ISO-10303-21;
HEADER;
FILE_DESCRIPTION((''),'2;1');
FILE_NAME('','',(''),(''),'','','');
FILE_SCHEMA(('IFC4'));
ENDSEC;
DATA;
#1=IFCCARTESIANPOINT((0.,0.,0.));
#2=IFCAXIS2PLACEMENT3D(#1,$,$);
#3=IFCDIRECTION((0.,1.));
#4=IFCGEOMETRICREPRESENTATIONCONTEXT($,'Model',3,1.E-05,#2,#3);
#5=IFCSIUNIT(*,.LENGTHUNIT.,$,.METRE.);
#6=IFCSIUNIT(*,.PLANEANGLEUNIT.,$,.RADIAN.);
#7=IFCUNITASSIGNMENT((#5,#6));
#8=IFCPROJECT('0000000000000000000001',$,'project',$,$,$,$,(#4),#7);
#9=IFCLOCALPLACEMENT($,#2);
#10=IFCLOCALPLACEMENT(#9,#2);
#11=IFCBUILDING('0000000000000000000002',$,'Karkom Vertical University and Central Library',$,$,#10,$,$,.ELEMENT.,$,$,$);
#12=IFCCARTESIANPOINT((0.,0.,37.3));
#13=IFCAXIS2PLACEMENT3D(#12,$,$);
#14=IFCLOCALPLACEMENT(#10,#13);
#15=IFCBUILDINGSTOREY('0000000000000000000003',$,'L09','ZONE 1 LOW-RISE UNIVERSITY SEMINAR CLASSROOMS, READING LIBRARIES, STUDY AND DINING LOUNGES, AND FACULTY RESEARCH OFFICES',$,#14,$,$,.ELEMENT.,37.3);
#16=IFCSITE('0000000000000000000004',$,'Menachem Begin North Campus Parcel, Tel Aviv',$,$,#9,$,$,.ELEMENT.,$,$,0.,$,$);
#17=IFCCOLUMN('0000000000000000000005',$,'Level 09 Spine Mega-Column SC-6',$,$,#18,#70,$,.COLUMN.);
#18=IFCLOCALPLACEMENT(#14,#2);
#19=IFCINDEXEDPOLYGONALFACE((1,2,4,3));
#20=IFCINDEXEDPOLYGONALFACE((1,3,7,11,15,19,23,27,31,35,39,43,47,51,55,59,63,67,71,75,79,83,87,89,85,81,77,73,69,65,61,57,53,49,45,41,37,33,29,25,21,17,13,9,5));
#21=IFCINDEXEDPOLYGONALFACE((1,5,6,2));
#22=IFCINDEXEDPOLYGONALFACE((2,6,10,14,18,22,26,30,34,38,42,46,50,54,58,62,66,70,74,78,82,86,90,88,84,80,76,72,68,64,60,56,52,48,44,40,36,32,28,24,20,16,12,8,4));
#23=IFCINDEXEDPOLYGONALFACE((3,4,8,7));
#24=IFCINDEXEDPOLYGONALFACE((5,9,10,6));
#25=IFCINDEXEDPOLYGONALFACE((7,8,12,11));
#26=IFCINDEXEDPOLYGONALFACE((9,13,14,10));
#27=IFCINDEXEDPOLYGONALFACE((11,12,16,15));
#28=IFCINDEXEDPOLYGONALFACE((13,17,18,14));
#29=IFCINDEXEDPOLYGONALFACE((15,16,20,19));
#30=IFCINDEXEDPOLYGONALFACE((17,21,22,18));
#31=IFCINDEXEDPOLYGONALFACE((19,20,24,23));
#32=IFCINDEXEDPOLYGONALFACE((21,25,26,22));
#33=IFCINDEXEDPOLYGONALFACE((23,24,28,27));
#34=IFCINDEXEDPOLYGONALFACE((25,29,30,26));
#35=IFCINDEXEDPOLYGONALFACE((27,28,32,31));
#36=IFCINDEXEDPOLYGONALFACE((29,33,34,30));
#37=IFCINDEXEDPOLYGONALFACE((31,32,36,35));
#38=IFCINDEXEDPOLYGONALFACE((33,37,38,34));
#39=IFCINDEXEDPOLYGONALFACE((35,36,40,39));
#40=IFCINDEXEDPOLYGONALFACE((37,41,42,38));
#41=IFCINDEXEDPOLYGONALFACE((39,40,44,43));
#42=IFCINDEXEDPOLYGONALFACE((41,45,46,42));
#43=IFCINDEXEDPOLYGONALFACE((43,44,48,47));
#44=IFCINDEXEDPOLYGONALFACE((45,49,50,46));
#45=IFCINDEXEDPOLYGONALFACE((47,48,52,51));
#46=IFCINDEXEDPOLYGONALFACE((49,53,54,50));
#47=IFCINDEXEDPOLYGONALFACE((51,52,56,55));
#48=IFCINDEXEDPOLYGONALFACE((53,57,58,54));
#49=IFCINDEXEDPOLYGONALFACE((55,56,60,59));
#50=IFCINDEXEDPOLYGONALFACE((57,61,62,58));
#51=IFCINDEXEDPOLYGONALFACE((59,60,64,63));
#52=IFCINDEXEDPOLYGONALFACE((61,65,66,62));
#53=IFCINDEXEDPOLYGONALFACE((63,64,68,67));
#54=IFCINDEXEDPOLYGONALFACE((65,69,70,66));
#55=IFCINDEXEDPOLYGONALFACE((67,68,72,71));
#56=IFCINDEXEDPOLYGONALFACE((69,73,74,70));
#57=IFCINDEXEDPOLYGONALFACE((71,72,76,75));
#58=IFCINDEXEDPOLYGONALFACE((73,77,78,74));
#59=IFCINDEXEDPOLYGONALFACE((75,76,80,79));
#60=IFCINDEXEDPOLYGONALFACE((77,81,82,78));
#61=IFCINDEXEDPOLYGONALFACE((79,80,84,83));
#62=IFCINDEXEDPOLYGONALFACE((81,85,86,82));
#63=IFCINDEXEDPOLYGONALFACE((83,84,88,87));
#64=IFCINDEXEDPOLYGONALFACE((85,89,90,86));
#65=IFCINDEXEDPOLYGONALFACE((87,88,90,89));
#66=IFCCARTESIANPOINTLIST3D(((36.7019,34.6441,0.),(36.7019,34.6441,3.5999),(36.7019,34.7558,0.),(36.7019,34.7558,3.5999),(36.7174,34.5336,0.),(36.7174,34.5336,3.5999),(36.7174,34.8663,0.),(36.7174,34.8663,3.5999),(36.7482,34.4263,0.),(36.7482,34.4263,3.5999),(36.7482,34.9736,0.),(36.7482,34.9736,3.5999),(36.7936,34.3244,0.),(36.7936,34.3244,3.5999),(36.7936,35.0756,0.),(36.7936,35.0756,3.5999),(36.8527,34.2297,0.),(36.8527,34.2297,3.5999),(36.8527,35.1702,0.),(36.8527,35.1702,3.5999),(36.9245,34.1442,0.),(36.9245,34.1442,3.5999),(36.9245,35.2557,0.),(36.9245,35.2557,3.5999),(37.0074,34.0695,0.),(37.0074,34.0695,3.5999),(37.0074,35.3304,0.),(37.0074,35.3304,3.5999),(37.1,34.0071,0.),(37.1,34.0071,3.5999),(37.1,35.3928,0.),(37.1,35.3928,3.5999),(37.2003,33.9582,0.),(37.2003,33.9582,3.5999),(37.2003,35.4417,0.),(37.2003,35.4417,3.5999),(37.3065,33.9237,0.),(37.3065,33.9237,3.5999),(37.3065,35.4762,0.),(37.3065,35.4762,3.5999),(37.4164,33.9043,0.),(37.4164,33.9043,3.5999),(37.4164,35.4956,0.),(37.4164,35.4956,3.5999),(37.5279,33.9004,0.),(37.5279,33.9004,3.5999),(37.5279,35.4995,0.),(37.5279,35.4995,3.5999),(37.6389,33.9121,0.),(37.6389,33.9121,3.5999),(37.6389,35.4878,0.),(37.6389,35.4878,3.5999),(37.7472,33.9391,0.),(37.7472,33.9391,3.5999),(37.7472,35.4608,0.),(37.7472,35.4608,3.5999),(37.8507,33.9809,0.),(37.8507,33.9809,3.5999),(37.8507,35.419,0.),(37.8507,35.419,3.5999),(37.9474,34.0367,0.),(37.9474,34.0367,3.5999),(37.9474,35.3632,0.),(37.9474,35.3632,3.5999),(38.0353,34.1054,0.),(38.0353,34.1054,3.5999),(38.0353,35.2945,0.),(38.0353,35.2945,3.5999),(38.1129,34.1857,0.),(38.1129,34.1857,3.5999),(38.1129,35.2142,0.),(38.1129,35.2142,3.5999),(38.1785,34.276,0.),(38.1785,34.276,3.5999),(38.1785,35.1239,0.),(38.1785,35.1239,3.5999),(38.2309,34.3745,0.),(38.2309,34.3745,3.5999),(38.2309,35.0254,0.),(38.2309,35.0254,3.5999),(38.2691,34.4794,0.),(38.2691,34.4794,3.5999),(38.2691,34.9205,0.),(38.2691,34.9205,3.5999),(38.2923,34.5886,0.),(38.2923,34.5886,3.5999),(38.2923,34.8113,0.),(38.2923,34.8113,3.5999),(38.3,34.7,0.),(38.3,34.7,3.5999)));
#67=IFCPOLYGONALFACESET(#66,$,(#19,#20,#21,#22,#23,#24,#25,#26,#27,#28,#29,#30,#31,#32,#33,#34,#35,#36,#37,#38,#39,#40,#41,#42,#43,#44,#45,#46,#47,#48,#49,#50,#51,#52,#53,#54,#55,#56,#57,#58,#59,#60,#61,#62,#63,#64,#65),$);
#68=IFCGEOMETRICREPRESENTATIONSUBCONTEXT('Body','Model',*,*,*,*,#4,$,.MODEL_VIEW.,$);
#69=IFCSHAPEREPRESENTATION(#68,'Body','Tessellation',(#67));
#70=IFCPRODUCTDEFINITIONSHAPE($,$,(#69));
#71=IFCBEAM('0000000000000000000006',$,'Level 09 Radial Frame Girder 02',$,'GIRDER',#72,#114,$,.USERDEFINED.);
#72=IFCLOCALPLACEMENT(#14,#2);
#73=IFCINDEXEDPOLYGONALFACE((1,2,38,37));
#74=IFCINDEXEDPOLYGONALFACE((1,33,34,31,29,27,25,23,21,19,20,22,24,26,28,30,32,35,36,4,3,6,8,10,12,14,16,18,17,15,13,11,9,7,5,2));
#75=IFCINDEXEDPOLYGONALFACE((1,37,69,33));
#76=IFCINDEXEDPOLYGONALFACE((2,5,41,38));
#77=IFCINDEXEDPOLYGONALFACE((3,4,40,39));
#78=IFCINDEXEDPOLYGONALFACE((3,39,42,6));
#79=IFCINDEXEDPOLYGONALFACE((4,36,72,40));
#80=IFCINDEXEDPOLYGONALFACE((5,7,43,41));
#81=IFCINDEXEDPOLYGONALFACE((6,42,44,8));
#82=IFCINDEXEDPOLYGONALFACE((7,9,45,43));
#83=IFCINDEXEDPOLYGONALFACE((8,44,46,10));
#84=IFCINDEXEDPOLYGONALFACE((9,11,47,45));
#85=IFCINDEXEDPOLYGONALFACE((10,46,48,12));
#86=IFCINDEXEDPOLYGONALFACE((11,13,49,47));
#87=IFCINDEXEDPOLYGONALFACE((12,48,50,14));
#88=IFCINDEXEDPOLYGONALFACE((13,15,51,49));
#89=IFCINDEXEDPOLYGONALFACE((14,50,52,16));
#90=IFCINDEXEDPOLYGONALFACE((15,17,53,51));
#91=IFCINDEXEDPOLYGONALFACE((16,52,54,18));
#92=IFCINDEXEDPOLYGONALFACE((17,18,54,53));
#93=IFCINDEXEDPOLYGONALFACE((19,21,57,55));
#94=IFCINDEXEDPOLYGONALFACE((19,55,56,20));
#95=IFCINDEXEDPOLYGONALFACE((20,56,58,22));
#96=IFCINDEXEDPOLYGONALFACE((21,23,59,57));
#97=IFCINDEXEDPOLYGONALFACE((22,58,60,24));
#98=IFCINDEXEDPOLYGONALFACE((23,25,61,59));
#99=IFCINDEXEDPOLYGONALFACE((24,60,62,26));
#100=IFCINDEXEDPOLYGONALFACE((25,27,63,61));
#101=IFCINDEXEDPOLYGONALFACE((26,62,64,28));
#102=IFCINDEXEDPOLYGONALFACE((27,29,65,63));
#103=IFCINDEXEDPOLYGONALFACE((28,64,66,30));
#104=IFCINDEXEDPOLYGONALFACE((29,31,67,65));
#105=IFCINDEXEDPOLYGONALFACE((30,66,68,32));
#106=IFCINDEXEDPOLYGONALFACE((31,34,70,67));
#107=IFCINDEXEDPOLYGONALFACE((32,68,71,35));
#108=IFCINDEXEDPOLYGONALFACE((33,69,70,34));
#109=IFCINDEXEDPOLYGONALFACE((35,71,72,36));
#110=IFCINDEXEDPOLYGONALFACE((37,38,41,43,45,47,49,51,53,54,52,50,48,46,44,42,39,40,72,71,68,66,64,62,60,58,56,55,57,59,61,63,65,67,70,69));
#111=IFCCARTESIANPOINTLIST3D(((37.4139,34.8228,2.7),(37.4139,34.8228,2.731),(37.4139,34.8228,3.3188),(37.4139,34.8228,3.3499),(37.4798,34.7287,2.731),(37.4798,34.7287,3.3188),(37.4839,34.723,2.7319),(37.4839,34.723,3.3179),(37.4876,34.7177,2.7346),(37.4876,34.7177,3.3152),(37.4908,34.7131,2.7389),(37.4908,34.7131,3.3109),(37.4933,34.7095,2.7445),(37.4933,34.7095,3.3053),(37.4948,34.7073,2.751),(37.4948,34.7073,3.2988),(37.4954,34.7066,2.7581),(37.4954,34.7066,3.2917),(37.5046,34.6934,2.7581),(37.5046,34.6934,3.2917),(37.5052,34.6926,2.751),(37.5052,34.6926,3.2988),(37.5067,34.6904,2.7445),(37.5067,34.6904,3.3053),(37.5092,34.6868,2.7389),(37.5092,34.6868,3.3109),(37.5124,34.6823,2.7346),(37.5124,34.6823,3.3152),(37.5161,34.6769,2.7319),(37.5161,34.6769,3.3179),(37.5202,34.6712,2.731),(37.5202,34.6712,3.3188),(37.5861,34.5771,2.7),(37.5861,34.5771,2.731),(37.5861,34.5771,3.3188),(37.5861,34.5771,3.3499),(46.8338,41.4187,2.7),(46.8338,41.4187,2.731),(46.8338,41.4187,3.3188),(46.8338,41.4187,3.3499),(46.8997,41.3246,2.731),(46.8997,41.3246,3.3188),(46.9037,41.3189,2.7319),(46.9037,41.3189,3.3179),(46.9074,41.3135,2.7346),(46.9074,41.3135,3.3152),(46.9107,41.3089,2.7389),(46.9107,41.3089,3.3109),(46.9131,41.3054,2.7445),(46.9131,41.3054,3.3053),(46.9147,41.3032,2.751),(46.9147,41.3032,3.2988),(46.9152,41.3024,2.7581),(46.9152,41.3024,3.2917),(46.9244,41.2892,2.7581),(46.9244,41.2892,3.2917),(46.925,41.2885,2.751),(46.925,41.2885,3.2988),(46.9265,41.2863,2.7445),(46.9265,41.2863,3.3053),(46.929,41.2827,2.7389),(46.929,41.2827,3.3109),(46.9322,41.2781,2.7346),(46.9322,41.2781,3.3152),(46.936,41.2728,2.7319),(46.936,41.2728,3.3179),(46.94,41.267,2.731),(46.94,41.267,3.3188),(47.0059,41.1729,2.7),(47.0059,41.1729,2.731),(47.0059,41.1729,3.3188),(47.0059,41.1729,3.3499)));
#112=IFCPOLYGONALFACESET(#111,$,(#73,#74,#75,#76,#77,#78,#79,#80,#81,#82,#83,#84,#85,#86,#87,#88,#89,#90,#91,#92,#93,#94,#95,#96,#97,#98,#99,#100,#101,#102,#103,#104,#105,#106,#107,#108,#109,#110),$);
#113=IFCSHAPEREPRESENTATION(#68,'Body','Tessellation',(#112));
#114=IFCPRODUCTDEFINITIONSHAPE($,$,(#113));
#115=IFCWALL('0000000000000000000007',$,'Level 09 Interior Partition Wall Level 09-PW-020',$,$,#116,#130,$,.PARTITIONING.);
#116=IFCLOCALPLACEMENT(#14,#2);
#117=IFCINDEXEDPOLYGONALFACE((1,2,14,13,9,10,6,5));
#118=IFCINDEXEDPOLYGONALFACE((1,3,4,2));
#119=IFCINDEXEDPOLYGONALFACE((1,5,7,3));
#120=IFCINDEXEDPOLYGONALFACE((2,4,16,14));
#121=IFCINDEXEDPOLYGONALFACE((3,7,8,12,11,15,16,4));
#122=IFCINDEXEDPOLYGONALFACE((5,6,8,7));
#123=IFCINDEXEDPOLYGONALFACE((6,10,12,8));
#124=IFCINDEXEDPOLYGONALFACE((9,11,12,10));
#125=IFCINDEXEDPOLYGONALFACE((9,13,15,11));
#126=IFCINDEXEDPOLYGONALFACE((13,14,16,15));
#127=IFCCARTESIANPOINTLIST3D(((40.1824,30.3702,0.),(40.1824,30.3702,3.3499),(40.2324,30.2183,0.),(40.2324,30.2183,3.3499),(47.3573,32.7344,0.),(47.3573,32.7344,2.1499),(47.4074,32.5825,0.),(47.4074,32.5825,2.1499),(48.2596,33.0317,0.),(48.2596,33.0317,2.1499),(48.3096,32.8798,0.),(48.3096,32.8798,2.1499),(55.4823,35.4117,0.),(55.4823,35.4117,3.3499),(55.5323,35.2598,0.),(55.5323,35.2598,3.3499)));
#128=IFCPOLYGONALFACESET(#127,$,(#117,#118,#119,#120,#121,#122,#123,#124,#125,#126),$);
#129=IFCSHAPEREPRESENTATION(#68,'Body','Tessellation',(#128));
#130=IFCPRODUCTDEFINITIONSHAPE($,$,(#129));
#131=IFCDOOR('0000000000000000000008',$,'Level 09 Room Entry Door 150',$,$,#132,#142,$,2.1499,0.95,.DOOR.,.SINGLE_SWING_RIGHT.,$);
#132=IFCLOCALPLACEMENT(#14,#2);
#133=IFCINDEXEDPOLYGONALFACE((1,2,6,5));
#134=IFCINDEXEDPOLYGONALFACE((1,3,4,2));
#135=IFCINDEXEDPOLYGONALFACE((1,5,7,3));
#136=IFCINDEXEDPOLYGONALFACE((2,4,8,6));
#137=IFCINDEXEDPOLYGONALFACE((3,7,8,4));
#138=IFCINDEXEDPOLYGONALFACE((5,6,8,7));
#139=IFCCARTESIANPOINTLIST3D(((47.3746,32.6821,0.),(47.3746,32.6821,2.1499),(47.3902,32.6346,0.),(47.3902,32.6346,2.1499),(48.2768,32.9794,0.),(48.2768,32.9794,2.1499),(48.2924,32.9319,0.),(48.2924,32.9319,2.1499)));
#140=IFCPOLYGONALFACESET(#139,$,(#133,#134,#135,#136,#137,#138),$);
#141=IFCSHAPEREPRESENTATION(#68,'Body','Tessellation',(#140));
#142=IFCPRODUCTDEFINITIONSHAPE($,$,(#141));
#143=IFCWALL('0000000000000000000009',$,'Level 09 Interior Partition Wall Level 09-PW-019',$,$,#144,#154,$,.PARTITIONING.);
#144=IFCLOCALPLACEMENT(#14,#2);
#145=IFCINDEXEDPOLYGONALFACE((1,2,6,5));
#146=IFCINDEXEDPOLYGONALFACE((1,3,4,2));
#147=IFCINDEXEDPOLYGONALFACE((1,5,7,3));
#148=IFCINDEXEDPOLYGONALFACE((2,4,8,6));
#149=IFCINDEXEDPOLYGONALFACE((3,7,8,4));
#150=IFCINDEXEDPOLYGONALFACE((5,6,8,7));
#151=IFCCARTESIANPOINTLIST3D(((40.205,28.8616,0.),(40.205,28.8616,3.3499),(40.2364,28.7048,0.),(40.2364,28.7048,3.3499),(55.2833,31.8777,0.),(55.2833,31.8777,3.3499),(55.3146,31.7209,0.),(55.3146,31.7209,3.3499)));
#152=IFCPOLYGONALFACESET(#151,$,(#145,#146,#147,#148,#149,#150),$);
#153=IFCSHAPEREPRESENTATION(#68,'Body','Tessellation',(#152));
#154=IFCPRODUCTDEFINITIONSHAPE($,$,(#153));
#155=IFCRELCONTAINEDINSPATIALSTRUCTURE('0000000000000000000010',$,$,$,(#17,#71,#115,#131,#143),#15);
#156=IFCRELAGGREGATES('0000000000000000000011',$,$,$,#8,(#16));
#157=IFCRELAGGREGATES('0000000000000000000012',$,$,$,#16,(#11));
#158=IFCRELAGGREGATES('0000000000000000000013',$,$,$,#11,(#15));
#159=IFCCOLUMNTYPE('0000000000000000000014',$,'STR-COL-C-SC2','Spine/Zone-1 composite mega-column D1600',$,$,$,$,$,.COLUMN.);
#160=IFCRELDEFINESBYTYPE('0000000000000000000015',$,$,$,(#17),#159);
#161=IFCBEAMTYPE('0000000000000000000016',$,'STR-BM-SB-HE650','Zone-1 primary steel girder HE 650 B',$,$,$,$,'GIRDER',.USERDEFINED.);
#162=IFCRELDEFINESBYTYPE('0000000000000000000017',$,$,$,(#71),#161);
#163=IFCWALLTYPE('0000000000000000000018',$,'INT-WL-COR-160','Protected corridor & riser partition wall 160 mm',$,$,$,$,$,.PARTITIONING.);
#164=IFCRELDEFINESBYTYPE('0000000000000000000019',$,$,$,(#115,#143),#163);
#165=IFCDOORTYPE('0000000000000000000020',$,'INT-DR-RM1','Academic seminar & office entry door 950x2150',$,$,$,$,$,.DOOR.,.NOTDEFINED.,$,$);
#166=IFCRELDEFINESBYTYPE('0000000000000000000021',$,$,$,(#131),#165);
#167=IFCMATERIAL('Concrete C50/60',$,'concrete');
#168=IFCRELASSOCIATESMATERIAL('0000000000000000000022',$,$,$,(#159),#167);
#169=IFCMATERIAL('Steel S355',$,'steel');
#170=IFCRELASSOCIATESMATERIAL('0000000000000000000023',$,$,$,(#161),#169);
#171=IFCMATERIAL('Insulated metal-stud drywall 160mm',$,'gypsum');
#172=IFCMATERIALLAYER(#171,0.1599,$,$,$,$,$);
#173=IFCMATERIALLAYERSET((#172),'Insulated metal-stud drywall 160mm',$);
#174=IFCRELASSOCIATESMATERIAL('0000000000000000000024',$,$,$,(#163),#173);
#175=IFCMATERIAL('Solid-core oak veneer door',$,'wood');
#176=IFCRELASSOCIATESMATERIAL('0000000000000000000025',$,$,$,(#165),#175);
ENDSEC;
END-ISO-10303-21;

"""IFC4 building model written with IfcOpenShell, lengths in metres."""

from ifc_helpers import new_model, si_unit, direction, frame, frame_2d, origin, origin_with_axes, origin_2d, place, context, subcontext, project, spatial, rectangle, circle, i_section, extrude, source, transform, mapped, material, layer, layer_set, material_profile, profile_set, type_object, element, fill, save


model = new_model("IFC4")

# Units and contexts
model_context = context("Model", 3, precision=1e-05, world=origin(), true_north=direction((0.0, 1.0)))
body_context = subcontext(model_context, "Body", "Model", "MODEL_VIEW")
ifc_project = project(units=[si_unit("LENGTHUNIT", "METRE"), si_unit("PLANEANGLEUNIT", "RADIAN")], contexts=[model_context])

# Site, building, storey
site_placement = place(None, origin())
site = spatial("IfcSite", under=ifc_project, at=site_placement, Name="Menachem Begin North Campus Parcel, Tel Aviv", CompositionType="ELEMENT", RefElevation=0.0)
building_placement = place(site_placement, origin())
building = spatial("IfcBuilding", under=site, at=building_placement, Name="Karkom Vertical University and Central Library", CompositionType="ELEMENT")
storey_placement = place(building_placement, frame((0.0, 0.0, 37.3)))
storey = spatial("IfcBuildingStorey", under=building, at=storey_placement, Name="L09", Description="ZONE 1 LOW-RISE UNIVERSITY SEMINAR CLASSROOMS, READING LIBRARIES, STUDY AND DINING LOUNGES, AND FACULTY RESEARCH OFFICES", CompositionType="ELEMENT", Elevation=37.3)

# Column
ifc_material_1 = material(Name="Concrete C50/60", Category="concrete")
ifc_material_profile_1 = material_profile(ifc_material_1, circle(Radius=0.8, at=origin_2d()), Name="CFT-D1600")
ifc_profile_set_1 = profile_set([ifc_material_profile_1], Name="Concrete C50/60")
column_type = type_object("IfcColumnType", Name="STR-COL-C-SC2", Description="Spine/Zone-1 composite mega-column D1600", PredefinedType="COLUMN", material=ifc_profile_set_1)
shared_shape_1 = source(origin_with_axes(), body_context, "Body", "SweptSolid", [
    extrude(circle(Radius=0.8, at=origin_2d()), origin(), (0.0, 0.0, 1.0), 3.5999),
])
column_placement = place(storey_placement, frame((37.5, 34.7, 0.0), z_axis=(0.0, 0.0, 1.0), x_axis=(1.0, 0.0, 0.0)))
element("IfcColumn", 1, at=column_placement, inside=storey, type_object=column_type, Name="Level 09 Spine Mega-Column SC-6", PredefinedType="COLUMN", context=body_context, shape_type="MappedRepresentation", body=[
    mapped(shared_shape_1, transform((0.0, 0.0, 0.0), scale=1.0)),
])

# Beam
ifc_material_2 = material(Name="Steel S355", Category="steel")
ifc_material_profile_2 = material_profile(ifc_material_2, i_section(OverallWidth=0.3, OverallDepth=0.6499, WebThickness=0.0161, FlangeThickness=0.031, FilletRadius=0.0271, at=origin_2d()), Name="HE 650 B")
ifc_profile_set_2 = profile_set([ifc_material_profile_2], Name="Steel S355")
beam_type = type_object("IfcBeamType", Name="STR-BM-SB-HE650", Description="Zone-1 primary steel girder HE 650 B", ElementType="GIRDER", PredefinedType="USERDEFINED", material=ifc_profile_set_2)
shared_shape_2 = source(origin_with_axes(), body_context, "Body", "SweptSolid", [
    extrude(i_section(OverallWidth=0.3, OverallDepth=0.6499, WebThickness=0.0161, FlangeThickness=0.031, FilletRadius=0.0271, at=origin_2d()), origin(), (0.0, 0.0, 1.0), 11.4995),
])
beam_placement = place(storey_placement, frame((37.5, 34.7, 3.0249), z_axis=(0.81915, 0.573579, 0.0), x_axis=(-0.573579, 0.81915, 0.0)))
element("IfcBeam", 2, at=beam_placement, inside=storey, type_object=beam_type, Name="Level 09 Radial Frame Girder 02", ObjectType="GIRDER", PredefinedType="USERDEFINED", context=body_context, shape_type="MappedRepresentation", body=[
    mapped(shared_shape_2, transform((0.0, 0.0, 0.0), scale=1.0)),
])

# Wall, opening, door
ifc_material_3 = material(Name="Insulated metal-stud drywall 160mm", Category="gypsum")
ifc_layer_1 = layer(ifc_material_3, 0.1599)
ifc_layer_set_1 = layer_set([ifc_layer_1], Name="Insulated metal-stud drywall 160mm")
wall_type_1 = type_object("IfcWallType", Name="INT-WL-COR-160", Description="Protected corridor & riser partition wall 160 mm", PredefinedType="PARTITIONING", material=ifc_layer_set_1)
wall_1_placement = place(storey_placement, frame((40.2073, 30.2942, 0.0), z_axis=(0.0, 0.0, 1.0), x_axis=(0.949766, 0.312961, 0.0)))
wall_1 = element("IfcWall", 3, at=wall_1_placement, inside=storey, type_object=wall_type_1, Name="Level 09 Interior Partition Wall Level 09-PW-020", PredefinedType="PARTITIONING", context=body_context, shape_type="SweptSolid", body=[
    extrude(rectangle(XDim=16.1091, YDim=0.1599, at=frame_2d((8.0547, 0.0))), origin(), (0.0, 0.0, 1.0), 3.3499),
])
opening_1_placement = place(wall_1_placement, frame((7.5544, 0.0, 0.0)))
opening_1 = element("IfcOpeningElement", 4, at=opening_1_placement, cuts=wall_1, PredefinedType="OPENING", context=body_context, shape_type="SweptSolid", body=[
    extrude(rectangle(XDim=0.95, YDim=2.1499, at=frame_2d((0.4751, 1.075))), frame((0.0, 0.0898, 0.0), z_axis=(0.0, -1.0, 0.0), x_axis=(1.0, 0.0, 0.0)), (0.0, 0.0, 1.0), 0.1799),
])
ifc_material_4 = material(Name="Solid-core oak veneer door", Category="wood")
door_type_1 = type_object("IfcDoorType", Name="INT-DR-RM1", Description="Academic seminar & office entry door 950x2150", OperationType="NOTDEFINED", PredefinedType="DOOR", material=ifc_material_4)
shared_shape_3 = source(origin_with_axes(), body_context, "Body", "SweptSolid", [
    extrude(rectangle(XDim=0.95, YDim=2.1499, at=frame_2d((0.4751, 1.075))), frame((0.0, 0.0249, 0.0), z_axis=(0.0, -1.0, 0.0), x_axis=(1.0, 0.0, 0.0)), (0.0, 0.0, 1.0), 0.05),
])
door_1_placement = place(opening_1_placement, origin())
door_1 = element("IfcDoor", 5, at=door_1_placement, inside=storey, type_object=door_type_1, Name="Level 09 Room Entry Door 150", OperationType="SINGLE_SWING_RIGHT", OverallHeight=2.1499, OverallWidth=0.95, PredefinedType="DOOR", context=body_context, shape_type="MappedRepresentation", body=[
    mapped(shared_shape_3, transform((0.0, 0.0, 0.0), scale=1.0)),
])
fill(opening_1, door_1)

# Wall
wall_2_placement = place(storey_placement, frame((40.2207, 28.7832, 0.0), z_axis=(0.0, 0.0, 1.0), x_axis=(0.980575, 0.196144, 0.0)))
element("IfcWall", 6, at=wall_2_placement, inside=storey, type_object=wall_type_1, Name="Level 09 Interior Partition Wall Level 09-PW-019", PredefinedType="PARTITIONING", context=body_context, shape_type="SweptSolid", body=[
    extrude(rectangle(XDim=15.377, YDim=0.1599, at=frame_2d((7.6885, 0.0))), origin(), (0.0, 0.0, 1.0), 3.3499),
])

save(model, "model.ifc")
